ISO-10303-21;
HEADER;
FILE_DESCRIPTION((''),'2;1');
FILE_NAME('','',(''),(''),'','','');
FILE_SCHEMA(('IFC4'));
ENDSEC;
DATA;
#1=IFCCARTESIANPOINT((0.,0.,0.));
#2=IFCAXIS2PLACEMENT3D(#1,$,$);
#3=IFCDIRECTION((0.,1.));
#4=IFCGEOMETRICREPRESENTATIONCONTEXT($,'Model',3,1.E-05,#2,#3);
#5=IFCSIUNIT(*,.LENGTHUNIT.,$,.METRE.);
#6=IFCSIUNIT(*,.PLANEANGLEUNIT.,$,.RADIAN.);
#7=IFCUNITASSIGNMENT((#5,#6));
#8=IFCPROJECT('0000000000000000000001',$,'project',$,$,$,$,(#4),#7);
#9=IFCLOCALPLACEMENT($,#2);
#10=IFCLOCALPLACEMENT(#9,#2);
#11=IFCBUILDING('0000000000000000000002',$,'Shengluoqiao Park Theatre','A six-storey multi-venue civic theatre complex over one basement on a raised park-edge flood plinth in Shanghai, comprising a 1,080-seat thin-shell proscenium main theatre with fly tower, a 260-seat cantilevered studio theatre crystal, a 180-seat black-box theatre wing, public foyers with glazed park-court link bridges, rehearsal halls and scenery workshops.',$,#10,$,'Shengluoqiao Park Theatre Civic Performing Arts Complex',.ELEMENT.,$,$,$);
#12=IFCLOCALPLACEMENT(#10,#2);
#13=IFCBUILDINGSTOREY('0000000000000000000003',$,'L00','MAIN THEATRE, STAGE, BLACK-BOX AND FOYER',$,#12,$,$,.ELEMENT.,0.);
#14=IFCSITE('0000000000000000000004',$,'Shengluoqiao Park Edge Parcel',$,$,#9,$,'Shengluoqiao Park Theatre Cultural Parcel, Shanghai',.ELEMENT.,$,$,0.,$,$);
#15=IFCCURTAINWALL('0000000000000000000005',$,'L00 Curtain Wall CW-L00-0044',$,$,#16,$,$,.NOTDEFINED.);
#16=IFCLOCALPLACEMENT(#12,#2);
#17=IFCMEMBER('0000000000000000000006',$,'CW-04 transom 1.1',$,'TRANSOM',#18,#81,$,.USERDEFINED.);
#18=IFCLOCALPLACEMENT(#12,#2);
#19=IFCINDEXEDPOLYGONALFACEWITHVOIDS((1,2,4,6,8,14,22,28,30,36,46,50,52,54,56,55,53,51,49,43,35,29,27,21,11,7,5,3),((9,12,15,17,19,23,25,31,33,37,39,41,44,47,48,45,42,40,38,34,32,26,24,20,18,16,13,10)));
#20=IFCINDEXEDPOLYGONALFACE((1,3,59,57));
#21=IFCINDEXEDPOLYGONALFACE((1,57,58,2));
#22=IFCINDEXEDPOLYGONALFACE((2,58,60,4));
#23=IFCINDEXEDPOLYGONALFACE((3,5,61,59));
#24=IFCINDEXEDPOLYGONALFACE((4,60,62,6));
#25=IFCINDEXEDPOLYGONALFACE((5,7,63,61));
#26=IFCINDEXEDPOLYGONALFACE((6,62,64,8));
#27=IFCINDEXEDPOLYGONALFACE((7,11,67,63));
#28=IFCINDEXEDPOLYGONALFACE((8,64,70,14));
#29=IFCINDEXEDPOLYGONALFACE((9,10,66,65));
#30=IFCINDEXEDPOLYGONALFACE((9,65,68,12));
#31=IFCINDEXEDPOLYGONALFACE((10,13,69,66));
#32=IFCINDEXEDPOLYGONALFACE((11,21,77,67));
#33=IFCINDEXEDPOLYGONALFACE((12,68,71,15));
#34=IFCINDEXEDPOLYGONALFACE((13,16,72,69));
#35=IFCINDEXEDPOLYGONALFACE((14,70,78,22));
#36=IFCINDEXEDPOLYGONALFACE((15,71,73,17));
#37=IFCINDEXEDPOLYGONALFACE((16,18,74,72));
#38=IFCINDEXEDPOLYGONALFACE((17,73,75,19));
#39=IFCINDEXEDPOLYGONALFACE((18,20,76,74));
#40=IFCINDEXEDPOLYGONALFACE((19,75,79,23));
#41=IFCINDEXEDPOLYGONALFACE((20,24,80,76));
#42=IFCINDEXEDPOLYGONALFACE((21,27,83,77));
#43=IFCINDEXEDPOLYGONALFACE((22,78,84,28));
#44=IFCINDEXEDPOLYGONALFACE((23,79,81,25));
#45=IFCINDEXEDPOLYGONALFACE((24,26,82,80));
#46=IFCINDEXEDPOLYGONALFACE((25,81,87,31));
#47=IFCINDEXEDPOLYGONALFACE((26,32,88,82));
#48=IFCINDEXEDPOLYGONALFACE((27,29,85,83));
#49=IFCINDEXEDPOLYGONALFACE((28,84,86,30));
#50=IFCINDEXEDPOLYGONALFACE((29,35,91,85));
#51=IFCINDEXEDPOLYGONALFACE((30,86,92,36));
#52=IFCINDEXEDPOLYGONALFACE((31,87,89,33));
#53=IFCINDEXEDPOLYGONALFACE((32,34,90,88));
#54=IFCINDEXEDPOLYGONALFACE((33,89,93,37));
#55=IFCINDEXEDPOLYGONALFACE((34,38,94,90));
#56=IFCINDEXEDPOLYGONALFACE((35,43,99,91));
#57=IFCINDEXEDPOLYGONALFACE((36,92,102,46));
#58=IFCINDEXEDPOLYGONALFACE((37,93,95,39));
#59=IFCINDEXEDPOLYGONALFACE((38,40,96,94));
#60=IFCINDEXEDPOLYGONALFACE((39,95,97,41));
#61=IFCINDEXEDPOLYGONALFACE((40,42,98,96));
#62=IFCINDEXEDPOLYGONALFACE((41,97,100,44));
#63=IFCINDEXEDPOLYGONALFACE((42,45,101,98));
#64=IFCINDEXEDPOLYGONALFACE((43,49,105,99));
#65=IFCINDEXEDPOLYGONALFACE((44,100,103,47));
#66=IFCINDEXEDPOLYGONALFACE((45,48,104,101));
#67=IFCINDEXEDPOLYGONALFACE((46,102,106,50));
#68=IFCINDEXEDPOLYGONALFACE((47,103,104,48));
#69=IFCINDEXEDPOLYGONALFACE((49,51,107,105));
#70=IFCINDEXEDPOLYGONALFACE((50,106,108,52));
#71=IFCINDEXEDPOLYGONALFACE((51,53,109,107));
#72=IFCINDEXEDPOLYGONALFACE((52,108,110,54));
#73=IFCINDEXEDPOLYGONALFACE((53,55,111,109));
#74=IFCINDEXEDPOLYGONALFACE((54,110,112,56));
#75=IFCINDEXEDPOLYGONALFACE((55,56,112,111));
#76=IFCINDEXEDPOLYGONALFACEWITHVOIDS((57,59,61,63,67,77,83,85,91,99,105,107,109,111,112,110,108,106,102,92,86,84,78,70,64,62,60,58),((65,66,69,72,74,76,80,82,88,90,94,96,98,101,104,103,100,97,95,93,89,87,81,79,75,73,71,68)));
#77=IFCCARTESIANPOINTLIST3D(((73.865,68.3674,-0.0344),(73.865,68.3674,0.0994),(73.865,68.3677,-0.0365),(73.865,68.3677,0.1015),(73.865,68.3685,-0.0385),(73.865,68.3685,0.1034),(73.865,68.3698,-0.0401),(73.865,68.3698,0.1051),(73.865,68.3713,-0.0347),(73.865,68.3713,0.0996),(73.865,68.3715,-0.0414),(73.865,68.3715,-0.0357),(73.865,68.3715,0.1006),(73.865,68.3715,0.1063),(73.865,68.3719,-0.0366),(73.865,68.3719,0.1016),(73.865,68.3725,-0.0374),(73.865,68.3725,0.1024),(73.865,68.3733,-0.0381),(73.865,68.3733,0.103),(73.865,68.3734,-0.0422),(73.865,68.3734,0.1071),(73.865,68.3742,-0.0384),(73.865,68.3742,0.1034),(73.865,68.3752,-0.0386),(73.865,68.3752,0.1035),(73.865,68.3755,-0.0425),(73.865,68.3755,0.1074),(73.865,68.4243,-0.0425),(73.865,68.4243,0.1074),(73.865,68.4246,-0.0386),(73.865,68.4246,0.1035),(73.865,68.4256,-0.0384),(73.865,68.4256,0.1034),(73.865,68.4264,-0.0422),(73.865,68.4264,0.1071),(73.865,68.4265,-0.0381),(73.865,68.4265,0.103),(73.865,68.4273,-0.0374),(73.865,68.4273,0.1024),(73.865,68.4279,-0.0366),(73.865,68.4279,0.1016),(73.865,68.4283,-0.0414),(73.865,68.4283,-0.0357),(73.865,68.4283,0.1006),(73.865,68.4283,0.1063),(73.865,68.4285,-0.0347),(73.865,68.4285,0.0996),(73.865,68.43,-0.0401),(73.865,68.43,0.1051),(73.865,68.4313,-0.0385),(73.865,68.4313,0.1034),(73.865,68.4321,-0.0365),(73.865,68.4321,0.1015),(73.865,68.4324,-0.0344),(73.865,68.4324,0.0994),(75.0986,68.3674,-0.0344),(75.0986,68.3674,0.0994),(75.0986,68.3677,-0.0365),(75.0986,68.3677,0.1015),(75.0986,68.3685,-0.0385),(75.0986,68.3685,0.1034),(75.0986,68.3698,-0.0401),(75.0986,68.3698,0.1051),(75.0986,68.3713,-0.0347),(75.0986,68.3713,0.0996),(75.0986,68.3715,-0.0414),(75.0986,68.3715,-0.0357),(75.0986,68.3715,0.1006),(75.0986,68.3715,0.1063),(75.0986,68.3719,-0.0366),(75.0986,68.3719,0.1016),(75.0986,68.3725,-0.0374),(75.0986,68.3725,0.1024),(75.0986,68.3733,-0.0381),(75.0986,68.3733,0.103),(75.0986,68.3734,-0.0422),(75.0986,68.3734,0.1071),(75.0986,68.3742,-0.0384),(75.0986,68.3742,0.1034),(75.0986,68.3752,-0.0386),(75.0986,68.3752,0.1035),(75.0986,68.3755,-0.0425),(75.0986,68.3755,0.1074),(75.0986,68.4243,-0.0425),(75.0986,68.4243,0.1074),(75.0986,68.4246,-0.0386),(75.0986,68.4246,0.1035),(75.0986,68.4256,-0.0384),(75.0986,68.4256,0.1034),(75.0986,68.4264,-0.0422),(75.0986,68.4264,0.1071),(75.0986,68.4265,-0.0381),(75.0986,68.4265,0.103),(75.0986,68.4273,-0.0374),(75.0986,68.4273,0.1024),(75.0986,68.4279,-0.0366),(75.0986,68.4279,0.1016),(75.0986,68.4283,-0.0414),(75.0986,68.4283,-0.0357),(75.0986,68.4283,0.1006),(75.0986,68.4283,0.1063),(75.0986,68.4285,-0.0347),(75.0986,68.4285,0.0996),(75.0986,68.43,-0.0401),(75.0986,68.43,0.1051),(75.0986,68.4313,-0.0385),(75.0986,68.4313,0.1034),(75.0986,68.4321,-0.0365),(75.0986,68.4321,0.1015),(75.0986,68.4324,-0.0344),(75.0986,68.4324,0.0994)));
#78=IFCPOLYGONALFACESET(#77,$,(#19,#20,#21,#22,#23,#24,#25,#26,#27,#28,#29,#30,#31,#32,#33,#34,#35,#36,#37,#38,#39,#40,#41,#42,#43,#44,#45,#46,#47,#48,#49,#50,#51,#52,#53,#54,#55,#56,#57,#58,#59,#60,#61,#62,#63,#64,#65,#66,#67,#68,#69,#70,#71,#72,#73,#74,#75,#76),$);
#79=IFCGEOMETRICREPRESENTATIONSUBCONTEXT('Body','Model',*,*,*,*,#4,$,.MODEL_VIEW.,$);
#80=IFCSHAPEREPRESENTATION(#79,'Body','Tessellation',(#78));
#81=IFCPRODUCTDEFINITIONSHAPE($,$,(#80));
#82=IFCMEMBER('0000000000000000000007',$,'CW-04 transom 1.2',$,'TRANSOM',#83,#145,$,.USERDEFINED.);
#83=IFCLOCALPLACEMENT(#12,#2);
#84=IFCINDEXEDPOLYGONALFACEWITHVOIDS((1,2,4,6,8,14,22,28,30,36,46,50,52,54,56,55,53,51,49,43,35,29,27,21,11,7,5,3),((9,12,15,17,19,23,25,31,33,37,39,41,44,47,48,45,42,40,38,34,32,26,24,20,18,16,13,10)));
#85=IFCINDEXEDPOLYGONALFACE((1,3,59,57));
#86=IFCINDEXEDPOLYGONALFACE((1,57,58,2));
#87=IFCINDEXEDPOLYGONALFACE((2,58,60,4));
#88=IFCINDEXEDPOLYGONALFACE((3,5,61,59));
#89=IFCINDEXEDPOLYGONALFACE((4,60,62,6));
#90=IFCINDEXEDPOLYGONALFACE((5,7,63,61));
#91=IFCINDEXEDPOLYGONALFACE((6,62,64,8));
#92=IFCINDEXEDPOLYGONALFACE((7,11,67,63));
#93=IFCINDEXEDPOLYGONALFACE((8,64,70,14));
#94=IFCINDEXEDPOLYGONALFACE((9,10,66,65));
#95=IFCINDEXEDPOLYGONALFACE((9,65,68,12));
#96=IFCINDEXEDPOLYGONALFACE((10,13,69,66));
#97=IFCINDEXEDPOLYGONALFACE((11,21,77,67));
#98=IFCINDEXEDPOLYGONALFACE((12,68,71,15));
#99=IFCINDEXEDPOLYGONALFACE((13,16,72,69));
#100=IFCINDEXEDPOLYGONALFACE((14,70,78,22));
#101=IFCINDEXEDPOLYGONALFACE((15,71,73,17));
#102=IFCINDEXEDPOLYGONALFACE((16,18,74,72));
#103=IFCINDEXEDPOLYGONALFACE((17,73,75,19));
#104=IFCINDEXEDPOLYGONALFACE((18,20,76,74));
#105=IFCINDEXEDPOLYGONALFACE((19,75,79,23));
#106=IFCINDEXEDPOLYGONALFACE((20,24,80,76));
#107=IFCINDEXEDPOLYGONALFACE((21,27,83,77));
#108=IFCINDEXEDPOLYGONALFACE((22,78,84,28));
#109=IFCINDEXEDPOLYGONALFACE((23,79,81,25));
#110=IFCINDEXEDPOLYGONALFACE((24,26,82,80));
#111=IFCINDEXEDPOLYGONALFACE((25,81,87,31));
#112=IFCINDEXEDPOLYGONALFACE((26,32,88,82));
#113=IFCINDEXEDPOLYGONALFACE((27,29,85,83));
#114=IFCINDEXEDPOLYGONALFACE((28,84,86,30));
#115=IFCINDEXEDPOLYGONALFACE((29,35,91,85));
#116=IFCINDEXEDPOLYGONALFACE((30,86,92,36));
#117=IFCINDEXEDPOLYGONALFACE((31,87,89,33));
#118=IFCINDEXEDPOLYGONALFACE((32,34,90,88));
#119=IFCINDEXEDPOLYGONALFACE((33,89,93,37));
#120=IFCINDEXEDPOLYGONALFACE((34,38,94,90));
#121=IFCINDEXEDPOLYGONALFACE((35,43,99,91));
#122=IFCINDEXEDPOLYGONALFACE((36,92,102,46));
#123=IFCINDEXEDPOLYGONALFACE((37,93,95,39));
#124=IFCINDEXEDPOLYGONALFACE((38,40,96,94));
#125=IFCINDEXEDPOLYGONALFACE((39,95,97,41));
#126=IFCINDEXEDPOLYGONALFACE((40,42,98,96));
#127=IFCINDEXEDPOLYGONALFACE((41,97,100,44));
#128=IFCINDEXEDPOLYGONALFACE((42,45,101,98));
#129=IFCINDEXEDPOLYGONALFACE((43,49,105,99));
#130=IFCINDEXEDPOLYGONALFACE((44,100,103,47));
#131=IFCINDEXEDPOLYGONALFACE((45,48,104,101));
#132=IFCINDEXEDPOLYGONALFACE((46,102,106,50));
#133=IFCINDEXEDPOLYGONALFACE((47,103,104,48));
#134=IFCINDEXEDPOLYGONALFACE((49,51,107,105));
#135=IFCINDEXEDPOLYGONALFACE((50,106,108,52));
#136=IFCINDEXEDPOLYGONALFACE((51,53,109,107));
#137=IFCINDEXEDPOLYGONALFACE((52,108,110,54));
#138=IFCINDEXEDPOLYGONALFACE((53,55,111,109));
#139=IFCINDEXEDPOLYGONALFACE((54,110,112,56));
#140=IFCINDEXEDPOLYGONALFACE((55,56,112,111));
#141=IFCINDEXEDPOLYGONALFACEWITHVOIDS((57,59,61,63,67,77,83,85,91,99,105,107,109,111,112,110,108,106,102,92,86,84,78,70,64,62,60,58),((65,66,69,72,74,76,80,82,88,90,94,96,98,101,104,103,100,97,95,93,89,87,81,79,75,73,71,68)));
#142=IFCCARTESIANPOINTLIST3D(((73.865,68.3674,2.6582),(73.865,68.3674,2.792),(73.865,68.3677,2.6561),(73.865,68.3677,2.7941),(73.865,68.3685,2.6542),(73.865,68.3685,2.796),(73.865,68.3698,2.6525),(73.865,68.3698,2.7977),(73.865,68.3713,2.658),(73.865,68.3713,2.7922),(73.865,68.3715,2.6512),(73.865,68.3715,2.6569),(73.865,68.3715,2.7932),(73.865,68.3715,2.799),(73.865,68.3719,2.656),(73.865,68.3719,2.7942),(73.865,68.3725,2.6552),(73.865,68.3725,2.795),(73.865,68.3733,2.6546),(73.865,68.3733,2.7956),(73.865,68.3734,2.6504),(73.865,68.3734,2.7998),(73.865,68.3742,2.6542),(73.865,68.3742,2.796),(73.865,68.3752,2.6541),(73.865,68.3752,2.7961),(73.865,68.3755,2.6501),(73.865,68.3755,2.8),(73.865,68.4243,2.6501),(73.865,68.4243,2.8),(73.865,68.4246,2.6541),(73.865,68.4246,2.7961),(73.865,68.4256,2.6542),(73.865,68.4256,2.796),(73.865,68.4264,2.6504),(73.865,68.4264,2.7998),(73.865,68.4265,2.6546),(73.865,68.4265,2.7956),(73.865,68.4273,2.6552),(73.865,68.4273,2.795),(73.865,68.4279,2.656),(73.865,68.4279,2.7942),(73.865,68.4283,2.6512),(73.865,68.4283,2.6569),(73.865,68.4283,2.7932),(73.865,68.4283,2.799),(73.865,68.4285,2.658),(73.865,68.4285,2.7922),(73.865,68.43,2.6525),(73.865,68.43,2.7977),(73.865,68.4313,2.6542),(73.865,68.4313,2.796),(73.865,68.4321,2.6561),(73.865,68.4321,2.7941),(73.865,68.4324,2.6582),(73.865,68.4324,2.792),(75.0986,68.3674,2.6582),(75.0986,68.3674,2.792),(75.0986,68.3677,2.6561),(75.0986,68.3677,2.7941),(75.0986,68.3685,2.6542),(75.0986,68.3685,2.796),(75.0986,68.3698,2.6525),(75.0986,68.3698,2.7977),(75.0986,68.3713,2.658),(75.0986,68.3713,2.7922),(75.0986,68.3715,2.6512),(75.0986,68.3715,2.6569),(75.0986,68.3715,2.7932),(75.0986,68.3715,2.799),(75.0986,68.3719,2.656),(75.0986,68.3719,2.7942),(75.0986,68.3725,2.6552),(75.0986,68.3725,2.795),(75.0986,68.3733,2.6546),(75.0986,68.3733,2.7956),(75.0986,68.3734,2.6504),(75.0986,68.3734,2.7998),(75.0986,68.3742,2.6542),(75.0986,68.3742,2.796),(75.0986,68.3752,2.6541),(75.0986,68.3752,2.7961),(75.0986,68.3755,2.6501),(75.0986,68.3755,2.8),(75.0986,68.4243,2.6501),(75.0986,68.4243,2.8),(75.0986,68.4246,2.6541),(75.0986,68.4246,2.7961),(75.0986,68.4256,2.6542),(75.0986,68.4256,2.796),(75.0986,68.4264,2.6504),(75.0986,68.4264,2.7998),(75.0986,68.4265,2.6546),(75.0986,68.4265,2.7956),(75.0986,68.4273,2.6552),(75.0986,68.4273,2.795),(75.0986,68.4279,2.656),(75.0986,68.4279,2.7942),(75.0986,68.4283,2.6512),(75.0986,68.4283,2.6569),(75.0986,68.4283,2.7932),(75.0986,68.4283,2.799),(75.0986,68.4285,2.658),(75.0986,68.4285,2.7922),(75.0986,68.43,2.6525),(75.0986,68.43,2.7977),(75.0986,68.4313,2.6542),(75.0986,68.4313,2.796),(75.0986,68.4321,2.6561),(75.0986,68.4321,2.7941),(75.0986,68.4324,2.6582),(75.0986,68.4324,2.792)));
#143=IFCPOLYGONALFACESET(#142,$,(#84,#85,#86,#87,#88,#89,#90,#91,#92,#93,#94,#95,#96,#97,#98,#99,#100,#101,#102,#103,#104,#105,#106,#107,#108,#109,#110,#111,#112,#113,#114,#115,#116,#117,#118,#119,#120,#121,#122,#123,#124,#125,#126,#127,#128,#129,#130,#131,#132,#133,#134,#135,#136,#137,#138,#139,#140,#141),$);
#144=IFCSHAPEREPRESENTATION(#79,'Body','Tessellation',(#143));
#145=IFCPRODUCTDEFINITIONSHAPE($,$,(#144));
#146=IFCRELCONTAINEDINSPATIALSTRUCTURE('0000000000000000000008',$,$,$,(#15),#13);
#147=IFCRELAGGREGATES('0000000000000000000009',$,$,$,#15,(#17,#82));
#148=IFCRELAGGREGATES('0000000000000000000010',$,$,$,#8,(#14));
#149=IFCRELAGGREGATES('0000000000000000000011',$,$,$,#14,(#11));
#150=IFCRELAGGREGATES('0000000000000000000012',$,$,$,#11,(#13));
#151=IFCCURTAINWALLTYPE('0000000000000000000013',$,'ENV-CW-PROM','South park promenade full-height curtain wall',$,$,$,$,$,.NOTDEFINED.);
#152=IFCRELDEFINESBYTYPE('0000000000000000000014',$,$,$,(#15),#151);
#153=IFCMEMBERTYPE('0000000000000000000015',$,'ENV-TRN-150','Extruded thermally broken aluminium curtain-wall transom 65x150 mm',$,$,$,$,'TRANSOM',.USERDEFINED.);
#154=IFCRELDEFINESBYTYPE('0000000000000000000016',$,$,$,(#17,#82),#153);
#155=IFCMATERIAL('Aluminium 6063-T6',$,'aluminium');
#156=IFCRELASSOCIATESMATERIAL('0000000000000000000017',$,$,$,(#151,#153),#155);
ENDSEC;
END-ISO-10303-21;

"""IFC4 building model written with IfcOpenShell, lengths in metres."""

from ifc_helpers import new_model, si_unit, direction, frame, origin, origin_2d, place, context, subcontext, project, spatial, hollow_rectangle, extrude, material, material_profile, profile_set, type_object, element, aggregate, save


model = new_model("IFC4")

# Units and contexts
model_context = context("Model", 3, precision=1e-05, world=origin(), true_north=direction((0.0, 1.0)))
body_context = subcontext(model_context, "Body", "Model", "MODEL_VIEW")
ifc_project = project(units=[si_unit("LENGTHUNIT", "METRE"), si_unit("PLANEANGLEUNIT", "RADIAN")], contexts=[model_context])

# Site, building, storey
site_placement = place(None, origin())
site = spatial("IfcSite", under=ifc_project, at=site_placement, Name="Shengluoqiao Park Edge Parcel", LongName="Shengluoqiao Park Theatre Cultural Parcel, Shanghai", CompositionType="ELEMENT", RefElevation=0.0)
building_placement = place(site_placement, origin())
building = spatial("IfcBuilding", under=site, at=building_placement, Name="Shengluoqiao Park Theatre", Description="A six-storey multi-venue civic theatre complex over one basement on a raised park-edge flood plinth in Shanghai, comprising a 1,080-seat thin-shell proscenium main theatre with fly tower, a 260-seat cantilevered studio theatre crystal, a 180-seat black-box theatre wing, public foyers with glazed park-court link bridges, rehearsal halls and scenery workshops.", LongName="Shengluoqiao Park Theatre Civic Performing Arts Complex", CompositionType="ELEMENT")
storey_placement = place(building_placement, origin())
storey = spatial("IfcBuildingStorey", under=building, at=storey_placement, Name="L00", Description="MAIN THEATRE, STAGE, BLACK-BOX AND FOYER", CompositionType="ELEMENT", Elevation=0.0)

# Shared definitions
ifc_material_1 = material(Name="Aluminium 6063-T6", Category="aluminium")
curtain_wall_type = type_object("IfcCurtainWallType", Name="ENV-CW-PROM", Description="South park promenade full-height curtain wall", PredefinedType="NOTDEFINED", material=ifc_material_1)

# Curtain wall
curtain_wall_1_placement = place(storey_placement, origin())
curtain_wall_1 = element("IfcCurtainWall", 1, at=curtain_wall_1_placement, inside=storey, type_object=curtain_wall_type, Name="L00 Curtain Wall CW-L00-0044", PredefinedType="NOTDEFINED")

# Members
ifc_material_profile_1 = material_profile(ifc_material_1, hollow_rectangle(XDim=0.0649, YDim=0.1499, WallThickness=0.0039, InnerFilletRadius=0.0039, OuterFilletRadius=0.0081, at=origin_2d()), Name="ALU TRANSOM 150x65x4")
ifc_profile_set_1 = profile_set([ifc_material_profile_1], Name="Aluminium 6063-T6")
member_type_1 = type_object("IfcMemberType", Name="ENV-TRN-150", Description="Extruded thermally broken aluminium curtain-wall transom 65x150 mm", ElementType="TRANSOM", PredefinedType="USERDEFINED", material=ifc_profile_set_1)
member_1_placement = place(storey_placement, frame((73.865, 68.3999, 0.0325), z_axis=(1.0, 0.0, 0.0), x_axis=(0.0, 1.0, 0.0)))
member_1 = element("IfcMember", 2, at=member_1_placement, type_object=member_type_1, Name="CW-04 transom 1.1", ObjectType="TRANSOM", PredefinedType="USERDEFINED", context=body_context, shape_type="SweptSolid", body=[
    extrude(hollow_rectangle(XDim=0.0649, YDim=0.1499, WallThickness=0.0039, InnerFilletRadius=0.0039, OuterFilletRadius=0.0081, at=origin_2d()), origin(), (0.0, 0.0, 1.0), 1.2336),
])
member_2_placement = place(storey_placement, frame((73.865, 68.3999, 2.7251), z_axis=(1.0, 0.0, 0.0), x_axis=(0.0, 1.0, 0.0)))
member_2 = element("IfcMember", 3, at=member_2_placement, type_object=member_type_1, Name="CW-04 transom 1.2", ObjectType="TRANSOM", PredefinedType="USERDEFINED", context=body_context, shape_type="SweptSolid", body=[
    extrude(hollow_rectangle(XDim=0.0649, YDim=0.1499, WallThickness=0.0039, InnerFilletRadius=0.0039, OuterFilletRadius=0.0081, at=origin_2d()), origin(), (0.0, 0.0, 1.0), 1.2336),
])

aggregate(curtain_wall_1, [member_1, member_2])

save(model, "model.ifc")
